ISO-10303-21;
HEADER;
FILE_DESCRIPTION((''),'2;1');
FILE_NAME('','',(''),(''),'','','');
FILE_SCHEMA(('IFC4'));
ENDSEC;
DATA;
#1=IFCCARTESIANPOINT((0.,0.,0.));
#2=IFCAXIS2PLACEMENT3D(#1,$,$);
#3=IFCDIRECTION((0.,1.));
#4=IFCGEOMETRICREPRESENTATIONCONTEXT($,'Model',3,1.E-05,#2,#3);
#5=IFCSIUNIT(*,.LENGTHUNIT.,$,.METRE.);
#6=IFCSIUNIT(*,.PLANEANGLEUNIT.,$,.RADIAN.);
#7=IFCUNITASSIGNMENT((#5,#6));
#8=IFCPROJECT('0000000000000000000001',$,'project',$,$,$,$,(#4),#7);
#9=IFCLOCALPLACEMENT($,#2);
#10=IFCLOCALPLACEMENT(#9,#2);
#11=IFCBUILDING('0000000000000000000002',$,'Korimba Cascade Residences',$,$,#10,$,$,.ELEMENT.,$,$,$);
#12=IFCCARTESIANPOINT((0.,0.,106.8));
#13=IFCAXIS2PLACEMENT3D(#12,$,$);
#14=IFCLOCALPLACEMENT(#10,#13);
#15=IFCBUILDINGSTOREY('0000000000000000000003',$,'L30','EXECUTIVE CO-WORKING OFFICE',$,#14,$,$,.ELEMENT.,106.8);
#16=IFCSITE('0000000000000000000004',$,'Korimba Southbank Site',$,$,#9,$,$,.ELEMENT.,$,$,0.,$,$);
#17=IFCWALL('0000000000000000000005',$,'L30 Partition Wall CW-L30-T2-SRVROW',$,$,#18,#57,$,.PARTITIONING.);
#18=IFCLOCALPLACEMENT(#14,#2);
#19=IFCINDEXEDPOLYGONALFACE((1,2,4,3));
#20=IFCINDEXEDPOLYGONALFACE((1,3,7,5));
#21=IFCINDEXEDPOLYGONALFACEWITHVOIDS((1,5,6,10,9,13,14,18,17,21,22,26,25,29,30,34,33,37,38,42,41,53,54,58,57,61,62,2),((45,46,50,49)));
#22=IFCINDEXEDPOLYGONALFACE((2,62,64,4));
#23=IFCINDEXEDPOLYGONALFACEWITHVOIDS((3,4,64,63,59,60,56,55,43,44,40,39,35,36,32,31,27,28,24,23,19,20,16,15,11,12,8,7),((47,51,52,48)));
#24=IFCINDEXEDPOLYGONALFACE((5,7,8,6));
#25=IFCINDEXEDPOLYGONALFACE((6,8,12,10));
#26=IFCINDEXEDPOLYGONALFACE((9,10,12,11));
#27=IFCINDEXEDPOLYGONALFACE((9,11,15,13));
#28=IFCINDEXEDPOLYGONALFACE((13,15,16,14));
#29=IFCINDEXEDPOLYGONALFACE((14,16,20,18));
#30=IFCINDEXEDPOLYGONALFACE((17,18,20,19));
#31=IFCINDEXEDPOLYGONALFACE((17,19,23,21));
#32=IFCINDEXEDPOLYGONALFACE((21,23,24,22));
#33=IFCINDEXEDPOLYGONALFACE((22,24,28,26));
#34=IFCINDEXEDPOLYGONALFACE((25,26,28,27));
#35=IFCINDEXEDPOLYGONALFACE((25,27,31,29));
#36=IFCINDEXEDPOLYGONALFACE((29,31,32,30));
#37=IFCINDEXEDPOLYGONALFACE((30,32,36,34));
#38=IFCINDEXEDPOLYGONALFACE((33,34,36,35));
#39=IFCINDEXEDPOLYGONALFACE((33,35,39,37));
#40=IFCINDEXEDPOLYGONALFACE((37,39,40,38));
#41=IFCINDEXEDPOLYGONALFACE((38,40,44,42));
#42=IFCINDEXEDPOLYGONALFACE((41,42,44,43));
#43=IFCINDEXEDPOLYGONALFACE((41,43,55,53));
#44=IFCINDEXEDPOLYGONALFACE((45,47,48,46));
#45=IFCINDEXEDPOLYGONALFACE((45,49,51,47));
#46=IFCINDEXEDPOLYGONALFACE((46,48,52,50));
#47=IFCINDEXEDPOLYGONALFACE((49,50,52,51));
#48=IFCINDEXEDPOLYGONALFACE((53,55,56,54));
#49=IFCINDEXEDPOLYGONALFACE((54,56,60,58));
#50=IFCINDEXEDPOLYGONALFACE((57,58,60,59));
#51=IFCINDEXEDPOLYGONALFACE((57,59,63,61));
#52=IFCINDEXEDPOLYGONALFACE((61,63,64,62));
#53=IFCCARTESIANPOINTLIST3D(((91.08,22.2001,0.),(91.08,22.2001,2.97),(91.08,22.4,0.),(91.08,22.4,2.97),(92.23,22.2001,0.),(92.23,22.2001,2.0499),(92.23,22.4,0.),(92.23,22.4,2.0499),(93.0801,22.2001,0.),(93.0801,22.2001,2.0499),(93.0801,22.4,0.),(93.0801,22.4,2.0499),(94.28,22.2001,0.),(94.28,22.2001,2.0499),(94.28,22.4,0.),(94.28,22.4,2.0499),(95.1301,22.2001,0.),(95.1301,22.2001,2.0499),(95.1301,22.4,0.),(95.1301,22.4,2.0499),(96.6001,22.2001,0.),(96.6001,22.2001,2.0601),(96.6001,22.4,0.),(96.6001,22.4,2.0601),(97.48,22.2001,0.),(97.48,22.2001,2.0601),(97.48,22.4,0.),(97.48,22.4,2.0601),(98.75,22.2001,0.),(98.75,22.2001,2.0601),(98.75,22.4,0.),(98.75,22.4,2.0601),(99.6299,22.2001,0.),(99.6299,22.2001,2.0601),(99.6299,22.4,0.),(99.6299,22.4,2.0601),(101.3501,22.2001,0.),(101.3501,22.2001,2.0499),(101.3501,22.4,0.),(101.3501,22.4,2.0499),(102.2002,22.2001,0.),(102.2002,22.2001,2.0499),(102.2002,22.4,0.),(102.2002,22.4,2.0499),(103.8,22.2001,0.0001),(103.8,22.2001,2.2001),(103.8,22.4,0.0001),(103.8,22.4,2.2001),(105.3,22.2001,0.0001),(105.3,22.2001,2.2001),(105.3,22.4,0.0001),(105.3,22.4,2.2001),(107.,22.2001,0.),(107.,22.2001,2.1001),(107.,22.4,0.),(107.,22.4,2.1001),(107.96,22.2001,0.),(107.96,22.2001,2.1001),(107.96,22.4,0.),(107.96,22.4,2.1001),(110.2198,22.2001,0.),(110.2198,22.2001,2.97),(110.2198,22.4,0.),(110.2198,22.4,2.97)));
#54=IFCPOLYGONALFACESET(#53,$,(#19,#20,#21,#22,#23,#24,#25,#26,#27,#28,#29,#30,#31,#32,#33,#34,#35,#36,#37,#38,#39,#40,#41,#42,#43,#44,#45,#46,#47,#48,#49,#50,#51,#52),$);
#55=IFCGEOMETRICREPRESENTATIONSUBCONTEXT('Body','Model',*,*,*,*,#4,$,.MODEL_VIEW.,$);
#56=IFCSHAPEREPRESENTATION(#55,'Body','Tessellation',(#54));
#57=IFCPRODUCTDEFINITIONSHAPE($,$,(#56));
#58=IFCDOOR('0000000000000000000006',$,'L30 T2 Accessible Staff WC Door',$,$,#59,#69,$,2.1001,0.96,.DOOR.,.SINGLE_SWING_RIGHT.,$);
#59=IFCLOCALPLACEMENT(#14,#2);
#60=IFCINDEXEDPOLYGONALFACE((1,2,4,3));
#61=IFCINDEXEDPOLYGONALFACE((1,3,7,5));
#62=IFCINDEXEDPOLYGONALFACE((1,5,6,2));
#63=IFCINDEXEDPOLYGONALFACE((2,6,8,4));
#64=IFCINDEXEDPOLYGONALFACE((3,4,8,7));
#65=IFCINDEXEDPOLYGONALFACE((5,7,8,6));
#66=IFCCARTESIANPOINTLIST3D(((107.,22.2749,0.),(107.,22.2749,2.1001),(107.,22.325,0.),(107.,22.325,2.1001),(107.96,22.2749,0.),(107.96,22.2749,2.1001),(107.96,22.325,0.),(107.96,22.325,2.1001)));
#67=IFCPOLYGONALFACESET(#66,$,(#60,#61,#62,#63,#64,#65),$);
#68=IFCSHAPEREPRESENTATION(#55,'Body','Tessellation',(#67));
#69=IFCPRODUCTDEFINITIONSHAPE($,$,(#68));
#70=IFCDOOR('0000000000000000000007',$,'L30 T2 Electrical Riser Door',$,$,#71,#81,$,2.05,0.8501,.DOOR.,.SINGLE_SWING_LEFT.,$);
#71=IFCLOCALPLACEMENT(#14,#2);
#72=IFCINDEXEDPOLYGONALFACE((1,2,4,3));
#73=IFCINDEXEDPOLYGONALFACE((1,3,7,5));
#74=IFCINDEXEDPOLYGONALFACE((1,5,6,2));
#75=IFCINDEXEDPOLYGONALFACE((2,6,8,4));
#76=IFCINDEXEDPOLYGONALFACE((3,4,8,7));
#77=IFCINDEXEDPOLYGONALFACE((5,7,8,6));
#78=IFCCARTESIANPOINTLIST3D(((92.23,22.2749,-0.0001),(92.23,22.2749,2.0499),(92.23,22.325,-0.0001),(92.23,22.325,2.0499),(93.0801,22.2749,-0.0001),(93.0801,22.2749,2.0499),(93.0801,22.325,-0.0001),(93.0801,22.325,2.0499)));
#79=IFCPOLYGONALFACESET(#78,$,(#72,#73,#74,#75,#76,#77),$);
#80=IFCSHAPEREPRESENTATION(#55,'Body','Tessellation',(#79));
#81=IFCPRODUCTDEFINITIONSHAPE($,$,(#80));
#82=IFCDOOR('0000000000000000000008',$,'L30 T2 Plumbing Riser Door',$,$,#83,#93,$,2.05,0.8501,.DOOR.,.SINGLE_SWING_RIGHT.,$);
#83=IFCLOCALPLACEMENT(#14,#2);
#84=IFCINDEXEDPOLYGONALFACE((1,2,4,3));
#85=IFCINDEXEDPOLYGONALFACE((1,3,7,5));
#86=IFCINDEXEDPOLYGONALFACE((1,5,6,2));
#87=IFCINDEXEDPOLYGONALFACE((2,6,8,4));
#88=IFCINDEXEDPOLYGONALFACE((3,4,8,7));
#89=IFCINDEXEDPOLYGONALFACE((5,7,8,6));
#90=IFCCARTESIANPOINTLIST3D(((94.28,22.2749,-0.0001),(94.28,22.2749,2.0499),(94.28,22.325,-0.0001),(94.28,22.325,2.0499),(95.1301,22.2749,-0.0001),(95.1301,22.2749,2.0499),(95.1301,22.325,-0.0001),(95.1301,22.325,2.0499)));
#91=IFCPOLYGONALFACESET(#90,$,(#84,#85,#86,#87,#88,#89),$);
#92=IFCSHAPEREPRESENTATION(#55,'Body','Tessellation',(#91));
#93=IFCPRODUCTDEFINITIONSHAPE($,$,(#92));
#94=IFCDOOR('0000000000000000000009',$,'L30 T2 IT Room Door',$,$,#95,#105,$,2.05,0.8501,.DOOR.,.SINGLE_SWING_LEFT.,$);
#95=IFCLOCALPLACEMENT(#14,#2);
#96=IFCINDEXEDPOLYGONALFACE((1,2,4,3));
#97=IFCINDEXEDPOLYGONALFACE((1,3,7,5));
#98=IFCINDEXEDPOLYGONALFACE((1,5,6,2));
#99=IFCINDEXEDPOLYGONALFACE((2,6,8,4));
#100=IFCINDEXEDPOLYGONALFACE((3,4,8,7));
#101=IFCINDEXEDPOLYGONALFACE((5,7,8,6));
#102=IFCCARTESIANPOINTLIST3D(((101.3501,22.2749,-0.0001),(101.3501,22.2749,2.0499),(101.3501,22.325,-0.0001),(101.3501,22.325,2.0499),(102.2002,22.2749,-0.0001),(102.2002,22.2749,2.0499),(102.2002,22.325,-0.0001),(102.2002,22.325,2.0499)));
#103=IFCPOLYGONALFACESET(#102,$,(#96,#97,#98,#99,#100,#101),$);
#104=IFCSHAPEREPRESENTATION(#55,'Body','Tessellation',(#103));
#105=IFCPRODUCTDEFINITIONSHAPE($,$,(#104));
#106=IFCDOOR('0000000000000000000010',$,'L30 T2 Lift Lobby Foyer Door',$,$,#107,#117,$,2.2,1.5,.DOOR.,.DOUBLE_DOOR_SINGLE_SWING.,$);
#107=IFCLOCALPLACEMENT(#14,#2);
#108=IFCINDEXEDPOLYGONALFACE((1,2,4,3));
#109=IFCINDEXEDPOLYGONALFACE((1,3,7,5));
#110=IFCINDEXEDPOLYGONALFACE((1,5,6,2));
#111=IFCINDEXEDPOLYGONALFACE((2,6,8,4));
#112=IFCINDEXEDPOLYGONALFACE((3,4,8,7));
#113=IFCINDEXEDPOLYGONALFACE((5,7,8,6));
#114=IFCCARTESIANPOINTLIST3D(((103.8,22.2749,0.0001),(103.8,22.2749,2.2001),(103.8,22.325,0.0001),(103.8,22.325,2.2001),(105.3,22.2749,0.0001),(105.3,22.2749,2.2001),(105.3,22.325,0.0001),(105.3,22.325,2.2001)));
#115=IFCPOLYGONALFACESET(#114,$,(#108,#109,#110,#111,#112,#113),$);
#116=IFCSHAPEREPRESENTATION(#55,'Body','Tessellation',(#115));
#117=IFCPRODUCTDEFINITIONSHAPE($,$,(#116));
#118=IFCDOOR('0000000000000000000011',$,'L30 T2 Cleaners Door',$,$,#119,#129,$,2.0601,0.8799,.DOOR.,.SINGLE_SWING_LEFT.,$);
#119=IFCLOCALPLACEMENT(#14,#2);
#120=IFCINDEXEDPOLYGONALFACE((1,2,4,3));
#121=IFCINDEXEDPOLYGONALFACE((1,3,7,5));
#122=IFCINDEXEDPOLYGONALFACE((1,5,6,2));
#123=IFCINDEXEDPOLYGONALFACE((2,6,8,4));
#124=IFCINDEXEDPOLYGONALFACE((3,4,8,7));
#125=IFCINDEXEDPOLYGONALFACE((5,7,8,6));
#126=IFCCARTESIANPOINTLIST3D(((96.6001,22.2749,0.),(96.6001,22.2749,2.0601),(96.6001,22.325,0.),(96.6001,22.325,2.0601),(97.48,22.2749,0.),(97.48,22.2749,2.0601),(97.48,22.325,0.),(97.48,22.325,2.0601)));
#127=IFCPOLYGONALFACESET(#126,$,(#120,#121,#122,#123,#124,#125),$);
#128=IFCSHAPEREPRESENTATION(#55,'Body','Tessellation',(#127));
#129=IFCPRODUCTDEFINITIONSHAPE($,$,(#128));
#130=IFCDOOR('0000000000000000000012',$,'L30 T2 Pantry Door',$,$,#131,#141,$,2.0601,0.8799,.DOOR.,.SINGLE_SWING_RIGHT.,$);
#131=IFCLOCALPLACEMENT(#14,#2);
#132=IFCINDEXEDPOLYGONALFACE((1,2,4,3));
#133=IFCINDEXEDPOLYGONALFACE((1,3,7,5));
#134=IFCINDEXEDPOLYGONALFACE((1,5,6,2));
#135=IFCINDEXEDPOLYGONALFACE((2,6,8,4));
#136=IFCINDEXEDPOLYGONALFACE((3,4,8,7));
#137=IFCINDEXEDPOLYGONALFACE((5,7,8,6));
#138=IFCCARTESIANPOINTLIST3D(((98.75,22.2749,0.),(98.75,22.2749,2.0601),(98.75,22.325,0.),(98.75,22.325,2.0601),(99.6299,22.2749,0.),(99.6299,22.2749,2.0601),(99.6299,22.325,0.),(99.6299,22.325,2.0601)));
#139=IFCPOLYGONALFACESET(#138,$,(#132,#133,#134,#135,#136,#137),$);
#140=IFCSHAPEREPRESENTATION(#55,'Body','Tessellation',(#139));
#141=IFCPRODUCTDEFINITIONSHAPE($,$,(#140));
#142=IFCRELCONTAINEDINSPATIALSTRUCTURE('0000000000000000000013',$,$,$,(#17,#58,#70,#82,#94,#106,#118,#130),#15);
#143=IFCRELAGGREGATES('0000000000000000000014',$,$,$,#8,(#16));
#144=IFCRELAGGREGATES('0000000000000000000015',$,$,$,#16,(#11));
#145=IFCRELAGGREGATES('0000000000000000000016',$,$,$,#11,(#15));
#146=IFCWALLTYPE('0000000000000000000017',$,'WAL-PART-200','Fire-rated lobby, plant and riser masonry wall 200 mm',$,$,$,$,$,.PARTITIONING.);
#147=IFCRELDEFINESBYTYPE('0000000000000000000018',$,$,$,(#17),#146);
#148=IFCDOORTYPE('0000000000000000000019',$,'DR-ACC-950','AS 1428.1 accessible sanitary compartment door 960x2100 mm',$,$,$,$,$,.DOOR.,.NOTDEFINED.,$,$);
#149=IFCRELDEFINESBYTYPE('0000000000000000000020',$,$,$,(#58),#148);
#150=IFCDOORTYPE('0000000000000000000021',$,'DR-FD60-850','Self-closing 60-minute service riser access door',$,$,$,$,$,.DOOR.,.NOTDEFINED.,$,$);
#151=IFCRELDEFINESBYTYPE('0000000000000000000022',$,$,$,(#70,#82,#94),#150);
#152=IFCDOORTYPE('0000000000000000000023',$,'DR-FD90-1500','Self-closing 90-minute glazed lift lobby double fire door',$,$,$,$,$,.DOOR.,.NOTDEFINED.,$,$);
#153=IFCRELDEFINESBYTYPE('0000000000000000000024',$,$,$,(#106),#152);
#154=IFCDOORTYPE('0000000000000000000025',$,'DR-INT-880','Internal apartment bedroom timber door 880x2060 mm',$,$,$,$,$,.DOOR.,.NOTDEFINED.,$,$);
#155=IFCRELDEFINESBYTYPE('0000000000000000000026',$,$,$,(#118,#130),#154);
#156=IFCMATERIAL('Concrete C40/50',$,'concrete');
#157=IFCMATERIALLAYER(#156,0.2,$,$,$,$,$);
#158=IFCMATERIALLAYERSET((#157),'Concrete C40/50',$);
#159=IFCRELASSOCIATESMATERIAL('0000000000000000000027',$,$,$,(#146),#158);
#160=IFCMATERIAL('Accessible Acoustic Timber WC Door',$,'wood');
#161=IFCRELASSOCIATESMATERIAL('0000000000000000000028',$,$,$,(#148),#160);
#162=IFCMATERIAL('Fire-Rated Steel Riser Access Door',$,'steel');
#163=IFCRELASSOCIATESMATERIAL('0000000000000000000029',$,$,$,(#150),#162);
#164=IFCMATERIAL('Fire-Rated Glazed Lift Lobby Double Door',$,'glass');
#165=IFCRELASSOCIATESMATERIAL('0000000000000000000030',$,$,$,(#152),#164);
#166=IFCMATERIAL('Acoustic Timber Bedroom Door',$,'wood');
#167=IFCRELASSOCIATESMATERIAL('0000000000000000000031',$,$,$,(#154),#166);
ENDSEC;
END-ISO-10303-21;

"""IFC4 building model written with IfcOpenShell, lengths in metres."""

from ifc_helpers import new_model, si_unit, direction, frame, frame_2d, origin, place, context, subcontext, project, spatial, rectangle, extrude, material, layer, layer_set, type_object, element, fill, save


model = new_model("IFC4")

# Units and contexts
model_context = context("Model", 3, precision=1e-05, world=origin(), true_north=direction((0.0, 1.0)))
body_context = subcontext(model_context, "Body", "Model", "MODEL_VIEW")
ifc_project = project(units=[si_unit("LENGTHUNIT", "METRE"), si_unit("PLANEANGLEUNIT", "RADIAN")], contexts=[model_context])

# Site, building, storey
site_placement = place(None, origin())
site = spatial("IfcSite", under=ifc_project, at=site_placement, Name="Korimba Southbank Site", CompositionType="ELEMENT", RefElevation=0.0)
building_placement = place(site_placement, origin())
building = spatial("IfcBuilding", under=site, at=building_placement, Name="Korimba Cascade Residences", CompositionType="ELEMENT")
storey_placement = place(building_placement, frame((0.0, 0.0, 106.8)))
storey = spatial("IfcBuildingStorey", under=building, at=storey_placement, Name="L30", Description="EXECUTIVE CO-WORKING OFFICE", CompositionType="ELEMENT", Elevation=106.8)

# Shared definitions
ifc_material_1 = material(Name="Concrete C40/50", Category="concrete")
ifc_layer_1 = layer(ifc_material_1, 0.2)
ifc_layer_set_1 = layer_set([ifc_layer_1], Name="Concrete C40/50")
wall_type_1 = type_object("IfcWallType", Name="WAL-PART-200", Description="Fire-rated lobby, plant and riser masonry wall 200 mm", PredefinedType="PARTITIONING", material=ifc_layer_set_1)

# Wall, openings, doors
wall_1_placement = place(storey_placement, frame((91.0801, 22.3, 0.0), z_axis=(0.0, 0.0, 1.0), x_axis=(1.0, 0.0, 0.0)))
wall_1 = element("IfcWall", 1, at=wall_1_placement, inside=storey, type_object=wall_type_1, Name="L30 Partition Wall CW-L30-T2-SRVROW", PredefinedType="PARTITIONING", context=body_context, shape_type="SweptSolid", body=[
    extrude(rectangle(XDim=19.1399, YDim=0.2, at=frame_2d((9.5698, 0.0))), origin(), (0.0, 0.0, 1.0), 2.97),
])
opening_1_placement = place(wall_1_placement, frame((1.1499, 0.0, 0.0)))
opening_1 = element("IfcOpeningElement", 2, at=opening_1_placement, cuts=wall_1, PredefinedType="OPENING", context=body_context, shape_type="SweptSolid", body=[
    extrude(rectangle(XDim=0.8501, YDim=2.05, at=frame_2d((0.425, 1.0249))), frame((0.0, 0.1099, 0.0), z_axis=(0.0, -1.0, 0.0), x_axis=(1.0, 0.0, 0.0)), (0.0, 0.0, 1.0), 0.22),
])
opening_2_placement = place(wall_1_placement, frame((3.2, 0.0, 0.0)))
opening_2 = element("IfcOpeningElement", 3, at=opening_2_placement, cuts=wall_1, PredefinedType="OPENING", context=body_context, shape_type="SweptSolid", body=[
    extrude(rectangle(XDim=0.8501, YDim=2.05, at=frame_2d((0.425, 1.0249))), frame((0.0, 0.1099, 0.0), z_axis=(0.0, -1.0, 0.0), x_axis=(1.0, 0.0, 0.0)), (0.0, 0.0, 1.0), 0.22),
])
opening_3_placement = place(wall_1_placement, frame((12.72, 0.0, 0.0)))
opening_3 = element("IfcOpeningElement", 4, at=opening_3_placement, cuts=wall_1, PredefinedType="OPENING", context=body_context, shape_type="SweptSolid", body=[
    extrude(rectangle(XDim=1.5, YDim=2.2, at=frame_2d((0.75, 1.1001))), frame((0.0, 0.1099, 0.0), z_axis=(0.0, -1.0, 0.0), x_axis=(1.0, 0.0, 0.0)), (0.0, 0.0, 1.0), 0.22),
])
opening_4_placement = place(wall_1_placement, frame((5.52, 0.0, 0.0)))
opening_4 = element("IfcOpeningElement", 5, at=opening_4_placement, cuts=wall_1, PredefinedType="OPENING", context=body_context, shape_type="SweptSolid", body=[
    extrude(rectangle(XDim=0.8799, YDim=2.0601, at=frame_2d((0.4399, 1.03))), frame((0.0, 0.1099, 0.0), z_axis=(0.0, -1.0, 0.0), x_axis=(1.0, 0.0, 0.0)), (0.0, 0.0, 1.0), 0.22),
])
opening_5_placement = place(wall_1_placement, frame((7.6699, 0.0, 0.0)))
opening_5 = element("IfcOpeningElement", 6, at=opening_5_placement, cuts=wall_1, PredefinedType="OPENING", context=body_context, shape_type="SweptSolid", body=[
    extrude(rectangle(XDim=0.8799, YDim=2.0601, at=frame_2d((0.4399, 1.03))), frame((0.0, 0.1099, 0.0), z_axis=(0.0, -1.0, 0.0), x_axis=(1.0, 0.0, 0.0)), (0.0, 0.0, 1.0), 0.22),
])
opening_6_placement = place(wall_1_placement, frame((10.27, 0.0, 0.0)))
opening_6 = element("IfcOpeningElement", 7, at=opening_6_placement, cuts=wall_1, PredefinedType="OPENING", context=body_context, shape_type="SweptSolid", body=[
    extrude(rectangle(XDim=0.8501, YDim=2.05, at=frame_2d((0.425, 1.0249))), frame((0.0, 0.1099, 0.0), z_axis=(0.0, -1.0, 0.0), x_axis=(1.0, 0.0, 0.0)), (0.0, 0.0, 1.0), 0.22),
])
opening_7_placement = place(wall_1_placement, frame((15.9199, 0.0, 0.0)))
opening_7 = element("IfcOpeningElement", 8, at=opening_7_placement, cuts=wall_1, PredefinedType="OPENING", context=body_context, shape_type="SweptSolid", body=[
    extrude(rectangle(XDim=0.96, YDim=2.1001, at=frame_2d((0.48, 1.05))), frame((0.0, 0.1099, 0.0), z_axis=(0.0, -1.0, 0.0), x_axis=(1.0, 0.0, 0.0)), (0.0, 0.0, 1.0), 0.22),
])
ifc_material_2 = material(Name="Accessible Acoustic Timber WC Door", Category="wood")
door_type_1 = type_object("IfcDoorType", Name="DR-ACC-950", Description="AS 1428.1 accessible sanitary compartment door 960x2100 mm", OperationType="NOTDEFINED", PredefinedType="DOOR", material=ifc_material_2)
door_1_placement = place(opening_7_placement, origin())
door_1 = element("IfcDoor", 9, at=door_1_placement, inside=storey, type_object=door_type_1, Name="L30 T2 Accessible Staff WC Door", OperationType="SINGLE_SWING_RIGHT", OverallHeight=2.1001, OverallWidth=0.96, PredefinedType="DOOR", context=body_context, shape_type="SweptSolid", body=[
    extrude(rectangle(XDim=0.96, YDim=2.1001, at=frame_2d((0.48, 1.05))), frame((0.0, 0.0249, 0.0), z_axis=(0.0, -1.0, 0.0), x_axis=(1.0, 0.0, 0.0)), (0.0, 0.0, 1.0), 0.05),
])
fill(opening_7, door_1)
ifc_material_3 = material(Name="Fire-Rated Steel Riser Access Door", Category="steel")
door_type_2 = type_object("IfcDoorType", Name="DR-FD60-850", Description="Self-closing 60-minute service riser access door", OperationType="NOTDEFINED", PredefinedType="DOOR", material=ifc_material_3)
door_2_placement = place(opening_1_placement, origin())
door_2 = element("IfcDoor", 10, at=door_2_placement, inside=storey, type_object=door_type_2, Name="L30 T2 Electrical Riser Door", OperationType="SINGLE_SWING_LEFT", OverallHeight=2.05, OverallWidth=0.8501, PredefinedType="DOOR", context=body_context, shape_type="SweptSolid", body=[
    extrude(rectangle(XDim=0.8501, YDim=2.05, at=frame_2d((0.425, 1.0249))), frame((0.0, 0.0249, 0.0), z_axis=(0.0, -1.0, 0.0), x_axis=(1.0, 0.0, 0.0)), (0.0, 0.0, 1.0), 0.05),
])
fill(opening_1, door_2)
door_3_placement = place(opening_2_placement, origin())
door_3 = element("IfcDoor", 11, at=door_3_placement, inside=storey, type_object=door_type_2, Name="L30 T2 Plumbing Riser Door", OperationType="SINGLE_SWING_RIGHT", OverallHeight=2.05, OverallWidth=0.8501, PredefinedType="DOOR", context=body_context, shape_type="SweptSolid", body=[
    extrude(rectangle(XDim=0.8501, YDim=2.05, at=frame_2d((0.425, 1.0249))), frame((0.0, 0.0249, 0.0), z_axis=(0.0, -1.0, 0.0), x_axis=(1.0, 0.0, 0.0)), (0.0, 0.0, 1.0), 0.05),
])
fill(opening_2, door_3)
door_4_placement = place(opening_6_placement, origin())
door_4 = element("IfcDoor", 12, at=door_4_placement, inside=storey, type_object=door_type_2, Name="L30 T2 IT Room Door", OperationType="SINGLE_SWING_LEFT", OverallHeight=2.05, OverallWidth=0.8501, PredefinedType="DOOR", context=body_context, shape_type="SweptSolid", body=[
    extrude(rectangle(XDim=0.8501, YDim=2.05, at=frame_2d((0.425, 1.0249))), frame((0.0, 0.0249, 0.0), z_axis=(0.0, -1.0, 0.0), x_axis=(1.0, 0.0, 0.0)), (0.0, 0.0, 1.0), 0.05),
])
fill(opening_6, door_4)
ifc_material_4 = material(Name="Fire-Rated Glazed Lift Lobby Double Door", Category="glass")
door_type_3 = type_object("IfcDoorType", Name="DR-FD90-1500", Description="Self-closing 90-minute glazed lift lobby double fire door", OperationType="NOTDEFINED", PredefinedType="DOOR", material=ifc_material_4)
door_5_placement = place(opening_3_placement, origin())
door_5 = element("IfcDoor", 13, at=door_5_placement, inside=storey, type_object=door_type_3, Name="L30 T2 Lift Lobby Foyer Door", OperationType="DOUBLE_DOOR_SINGLE_SWING", OverallHeight=2.2, OverallWidth=1.5, PredefinedType="DOOR", context=body_context, shape_type="SweptSolid", body=[
    extrude(rectangle(XDim=1.5, YDim=2.2, at=frame_2d((0.75, 1.1001))), frame((0.0, 0.0249, 0.0), z_axis=(0.0, -1.0, 0.0), x_axis=(1.0, 0.0, 0.0)), (0.0, 0.0, 1.0), 0.05),
])
fill(opening_3, door_5)
ifc_material_5 = material(Name="Acoustic Timber Bedroom Door", Category="wood")
door_type_4 = type_object("IfcDoorType", Name="DR-INT-880", Description="Internal apartment bedroom timber door 880x2060 mm", OperationType="NOTDEFINED", PredefinedType="DOOR", material=ifc_material_5)
door_6_placement = place(opening_4_placement, origin())
door_6 = element("IfcDoor", 14, at=door_6_placement, inside=storey, type_object=door_type_4, Name="L30 T2 Cleaners Door", OperationType="SINGLE_SWING_LEFT", OverallHeight=2.0601, OverallWidth=0.8799, PredefinedType="DOOR", context=body_context, shape_type="SweptSolid", body=[
    extrude(rectangle(XDim=0.8799, YDim=2.0601, at=frame_2d((0.4399, 1.03))), frame((0.0, 0.0249, 0.0), z_axis=(0.0, -1.0, 0.0), x_axis=(1.0, 0.0, 0.0)), (0.0, 0.0, 1.0), 0.05),
])
fill(opening_4, door_6)
door_7_placement = place(opening_5_placement, origin())
door_7 = element("IfcDoor", 15, at=door_7_placement, inside=storey, type_object=door_type_4, Name="L30 T2 Pantry Door", OperationType="SINGLE_SWING_RIGHT", OverallHeight=2.0601, OverallWidth=0.8799, PredefinedType="DOOR", context=body_context, shape_type="SweptSolid", body=[
    extrude(rectangle(XDim=0.8799, YDim=2.0601, at=frame_2d((0.4399, 1.03))), frame((0.0, 0.0249, 0.0), z_axis=(0.0, -1.0, 0.0), x_axis=(1.0, 0.0, 0.0)), (0.0, 0.0, 1.0), 0.05),
])
fill(opening_5, door_7)

save(model, "model.ifc")
